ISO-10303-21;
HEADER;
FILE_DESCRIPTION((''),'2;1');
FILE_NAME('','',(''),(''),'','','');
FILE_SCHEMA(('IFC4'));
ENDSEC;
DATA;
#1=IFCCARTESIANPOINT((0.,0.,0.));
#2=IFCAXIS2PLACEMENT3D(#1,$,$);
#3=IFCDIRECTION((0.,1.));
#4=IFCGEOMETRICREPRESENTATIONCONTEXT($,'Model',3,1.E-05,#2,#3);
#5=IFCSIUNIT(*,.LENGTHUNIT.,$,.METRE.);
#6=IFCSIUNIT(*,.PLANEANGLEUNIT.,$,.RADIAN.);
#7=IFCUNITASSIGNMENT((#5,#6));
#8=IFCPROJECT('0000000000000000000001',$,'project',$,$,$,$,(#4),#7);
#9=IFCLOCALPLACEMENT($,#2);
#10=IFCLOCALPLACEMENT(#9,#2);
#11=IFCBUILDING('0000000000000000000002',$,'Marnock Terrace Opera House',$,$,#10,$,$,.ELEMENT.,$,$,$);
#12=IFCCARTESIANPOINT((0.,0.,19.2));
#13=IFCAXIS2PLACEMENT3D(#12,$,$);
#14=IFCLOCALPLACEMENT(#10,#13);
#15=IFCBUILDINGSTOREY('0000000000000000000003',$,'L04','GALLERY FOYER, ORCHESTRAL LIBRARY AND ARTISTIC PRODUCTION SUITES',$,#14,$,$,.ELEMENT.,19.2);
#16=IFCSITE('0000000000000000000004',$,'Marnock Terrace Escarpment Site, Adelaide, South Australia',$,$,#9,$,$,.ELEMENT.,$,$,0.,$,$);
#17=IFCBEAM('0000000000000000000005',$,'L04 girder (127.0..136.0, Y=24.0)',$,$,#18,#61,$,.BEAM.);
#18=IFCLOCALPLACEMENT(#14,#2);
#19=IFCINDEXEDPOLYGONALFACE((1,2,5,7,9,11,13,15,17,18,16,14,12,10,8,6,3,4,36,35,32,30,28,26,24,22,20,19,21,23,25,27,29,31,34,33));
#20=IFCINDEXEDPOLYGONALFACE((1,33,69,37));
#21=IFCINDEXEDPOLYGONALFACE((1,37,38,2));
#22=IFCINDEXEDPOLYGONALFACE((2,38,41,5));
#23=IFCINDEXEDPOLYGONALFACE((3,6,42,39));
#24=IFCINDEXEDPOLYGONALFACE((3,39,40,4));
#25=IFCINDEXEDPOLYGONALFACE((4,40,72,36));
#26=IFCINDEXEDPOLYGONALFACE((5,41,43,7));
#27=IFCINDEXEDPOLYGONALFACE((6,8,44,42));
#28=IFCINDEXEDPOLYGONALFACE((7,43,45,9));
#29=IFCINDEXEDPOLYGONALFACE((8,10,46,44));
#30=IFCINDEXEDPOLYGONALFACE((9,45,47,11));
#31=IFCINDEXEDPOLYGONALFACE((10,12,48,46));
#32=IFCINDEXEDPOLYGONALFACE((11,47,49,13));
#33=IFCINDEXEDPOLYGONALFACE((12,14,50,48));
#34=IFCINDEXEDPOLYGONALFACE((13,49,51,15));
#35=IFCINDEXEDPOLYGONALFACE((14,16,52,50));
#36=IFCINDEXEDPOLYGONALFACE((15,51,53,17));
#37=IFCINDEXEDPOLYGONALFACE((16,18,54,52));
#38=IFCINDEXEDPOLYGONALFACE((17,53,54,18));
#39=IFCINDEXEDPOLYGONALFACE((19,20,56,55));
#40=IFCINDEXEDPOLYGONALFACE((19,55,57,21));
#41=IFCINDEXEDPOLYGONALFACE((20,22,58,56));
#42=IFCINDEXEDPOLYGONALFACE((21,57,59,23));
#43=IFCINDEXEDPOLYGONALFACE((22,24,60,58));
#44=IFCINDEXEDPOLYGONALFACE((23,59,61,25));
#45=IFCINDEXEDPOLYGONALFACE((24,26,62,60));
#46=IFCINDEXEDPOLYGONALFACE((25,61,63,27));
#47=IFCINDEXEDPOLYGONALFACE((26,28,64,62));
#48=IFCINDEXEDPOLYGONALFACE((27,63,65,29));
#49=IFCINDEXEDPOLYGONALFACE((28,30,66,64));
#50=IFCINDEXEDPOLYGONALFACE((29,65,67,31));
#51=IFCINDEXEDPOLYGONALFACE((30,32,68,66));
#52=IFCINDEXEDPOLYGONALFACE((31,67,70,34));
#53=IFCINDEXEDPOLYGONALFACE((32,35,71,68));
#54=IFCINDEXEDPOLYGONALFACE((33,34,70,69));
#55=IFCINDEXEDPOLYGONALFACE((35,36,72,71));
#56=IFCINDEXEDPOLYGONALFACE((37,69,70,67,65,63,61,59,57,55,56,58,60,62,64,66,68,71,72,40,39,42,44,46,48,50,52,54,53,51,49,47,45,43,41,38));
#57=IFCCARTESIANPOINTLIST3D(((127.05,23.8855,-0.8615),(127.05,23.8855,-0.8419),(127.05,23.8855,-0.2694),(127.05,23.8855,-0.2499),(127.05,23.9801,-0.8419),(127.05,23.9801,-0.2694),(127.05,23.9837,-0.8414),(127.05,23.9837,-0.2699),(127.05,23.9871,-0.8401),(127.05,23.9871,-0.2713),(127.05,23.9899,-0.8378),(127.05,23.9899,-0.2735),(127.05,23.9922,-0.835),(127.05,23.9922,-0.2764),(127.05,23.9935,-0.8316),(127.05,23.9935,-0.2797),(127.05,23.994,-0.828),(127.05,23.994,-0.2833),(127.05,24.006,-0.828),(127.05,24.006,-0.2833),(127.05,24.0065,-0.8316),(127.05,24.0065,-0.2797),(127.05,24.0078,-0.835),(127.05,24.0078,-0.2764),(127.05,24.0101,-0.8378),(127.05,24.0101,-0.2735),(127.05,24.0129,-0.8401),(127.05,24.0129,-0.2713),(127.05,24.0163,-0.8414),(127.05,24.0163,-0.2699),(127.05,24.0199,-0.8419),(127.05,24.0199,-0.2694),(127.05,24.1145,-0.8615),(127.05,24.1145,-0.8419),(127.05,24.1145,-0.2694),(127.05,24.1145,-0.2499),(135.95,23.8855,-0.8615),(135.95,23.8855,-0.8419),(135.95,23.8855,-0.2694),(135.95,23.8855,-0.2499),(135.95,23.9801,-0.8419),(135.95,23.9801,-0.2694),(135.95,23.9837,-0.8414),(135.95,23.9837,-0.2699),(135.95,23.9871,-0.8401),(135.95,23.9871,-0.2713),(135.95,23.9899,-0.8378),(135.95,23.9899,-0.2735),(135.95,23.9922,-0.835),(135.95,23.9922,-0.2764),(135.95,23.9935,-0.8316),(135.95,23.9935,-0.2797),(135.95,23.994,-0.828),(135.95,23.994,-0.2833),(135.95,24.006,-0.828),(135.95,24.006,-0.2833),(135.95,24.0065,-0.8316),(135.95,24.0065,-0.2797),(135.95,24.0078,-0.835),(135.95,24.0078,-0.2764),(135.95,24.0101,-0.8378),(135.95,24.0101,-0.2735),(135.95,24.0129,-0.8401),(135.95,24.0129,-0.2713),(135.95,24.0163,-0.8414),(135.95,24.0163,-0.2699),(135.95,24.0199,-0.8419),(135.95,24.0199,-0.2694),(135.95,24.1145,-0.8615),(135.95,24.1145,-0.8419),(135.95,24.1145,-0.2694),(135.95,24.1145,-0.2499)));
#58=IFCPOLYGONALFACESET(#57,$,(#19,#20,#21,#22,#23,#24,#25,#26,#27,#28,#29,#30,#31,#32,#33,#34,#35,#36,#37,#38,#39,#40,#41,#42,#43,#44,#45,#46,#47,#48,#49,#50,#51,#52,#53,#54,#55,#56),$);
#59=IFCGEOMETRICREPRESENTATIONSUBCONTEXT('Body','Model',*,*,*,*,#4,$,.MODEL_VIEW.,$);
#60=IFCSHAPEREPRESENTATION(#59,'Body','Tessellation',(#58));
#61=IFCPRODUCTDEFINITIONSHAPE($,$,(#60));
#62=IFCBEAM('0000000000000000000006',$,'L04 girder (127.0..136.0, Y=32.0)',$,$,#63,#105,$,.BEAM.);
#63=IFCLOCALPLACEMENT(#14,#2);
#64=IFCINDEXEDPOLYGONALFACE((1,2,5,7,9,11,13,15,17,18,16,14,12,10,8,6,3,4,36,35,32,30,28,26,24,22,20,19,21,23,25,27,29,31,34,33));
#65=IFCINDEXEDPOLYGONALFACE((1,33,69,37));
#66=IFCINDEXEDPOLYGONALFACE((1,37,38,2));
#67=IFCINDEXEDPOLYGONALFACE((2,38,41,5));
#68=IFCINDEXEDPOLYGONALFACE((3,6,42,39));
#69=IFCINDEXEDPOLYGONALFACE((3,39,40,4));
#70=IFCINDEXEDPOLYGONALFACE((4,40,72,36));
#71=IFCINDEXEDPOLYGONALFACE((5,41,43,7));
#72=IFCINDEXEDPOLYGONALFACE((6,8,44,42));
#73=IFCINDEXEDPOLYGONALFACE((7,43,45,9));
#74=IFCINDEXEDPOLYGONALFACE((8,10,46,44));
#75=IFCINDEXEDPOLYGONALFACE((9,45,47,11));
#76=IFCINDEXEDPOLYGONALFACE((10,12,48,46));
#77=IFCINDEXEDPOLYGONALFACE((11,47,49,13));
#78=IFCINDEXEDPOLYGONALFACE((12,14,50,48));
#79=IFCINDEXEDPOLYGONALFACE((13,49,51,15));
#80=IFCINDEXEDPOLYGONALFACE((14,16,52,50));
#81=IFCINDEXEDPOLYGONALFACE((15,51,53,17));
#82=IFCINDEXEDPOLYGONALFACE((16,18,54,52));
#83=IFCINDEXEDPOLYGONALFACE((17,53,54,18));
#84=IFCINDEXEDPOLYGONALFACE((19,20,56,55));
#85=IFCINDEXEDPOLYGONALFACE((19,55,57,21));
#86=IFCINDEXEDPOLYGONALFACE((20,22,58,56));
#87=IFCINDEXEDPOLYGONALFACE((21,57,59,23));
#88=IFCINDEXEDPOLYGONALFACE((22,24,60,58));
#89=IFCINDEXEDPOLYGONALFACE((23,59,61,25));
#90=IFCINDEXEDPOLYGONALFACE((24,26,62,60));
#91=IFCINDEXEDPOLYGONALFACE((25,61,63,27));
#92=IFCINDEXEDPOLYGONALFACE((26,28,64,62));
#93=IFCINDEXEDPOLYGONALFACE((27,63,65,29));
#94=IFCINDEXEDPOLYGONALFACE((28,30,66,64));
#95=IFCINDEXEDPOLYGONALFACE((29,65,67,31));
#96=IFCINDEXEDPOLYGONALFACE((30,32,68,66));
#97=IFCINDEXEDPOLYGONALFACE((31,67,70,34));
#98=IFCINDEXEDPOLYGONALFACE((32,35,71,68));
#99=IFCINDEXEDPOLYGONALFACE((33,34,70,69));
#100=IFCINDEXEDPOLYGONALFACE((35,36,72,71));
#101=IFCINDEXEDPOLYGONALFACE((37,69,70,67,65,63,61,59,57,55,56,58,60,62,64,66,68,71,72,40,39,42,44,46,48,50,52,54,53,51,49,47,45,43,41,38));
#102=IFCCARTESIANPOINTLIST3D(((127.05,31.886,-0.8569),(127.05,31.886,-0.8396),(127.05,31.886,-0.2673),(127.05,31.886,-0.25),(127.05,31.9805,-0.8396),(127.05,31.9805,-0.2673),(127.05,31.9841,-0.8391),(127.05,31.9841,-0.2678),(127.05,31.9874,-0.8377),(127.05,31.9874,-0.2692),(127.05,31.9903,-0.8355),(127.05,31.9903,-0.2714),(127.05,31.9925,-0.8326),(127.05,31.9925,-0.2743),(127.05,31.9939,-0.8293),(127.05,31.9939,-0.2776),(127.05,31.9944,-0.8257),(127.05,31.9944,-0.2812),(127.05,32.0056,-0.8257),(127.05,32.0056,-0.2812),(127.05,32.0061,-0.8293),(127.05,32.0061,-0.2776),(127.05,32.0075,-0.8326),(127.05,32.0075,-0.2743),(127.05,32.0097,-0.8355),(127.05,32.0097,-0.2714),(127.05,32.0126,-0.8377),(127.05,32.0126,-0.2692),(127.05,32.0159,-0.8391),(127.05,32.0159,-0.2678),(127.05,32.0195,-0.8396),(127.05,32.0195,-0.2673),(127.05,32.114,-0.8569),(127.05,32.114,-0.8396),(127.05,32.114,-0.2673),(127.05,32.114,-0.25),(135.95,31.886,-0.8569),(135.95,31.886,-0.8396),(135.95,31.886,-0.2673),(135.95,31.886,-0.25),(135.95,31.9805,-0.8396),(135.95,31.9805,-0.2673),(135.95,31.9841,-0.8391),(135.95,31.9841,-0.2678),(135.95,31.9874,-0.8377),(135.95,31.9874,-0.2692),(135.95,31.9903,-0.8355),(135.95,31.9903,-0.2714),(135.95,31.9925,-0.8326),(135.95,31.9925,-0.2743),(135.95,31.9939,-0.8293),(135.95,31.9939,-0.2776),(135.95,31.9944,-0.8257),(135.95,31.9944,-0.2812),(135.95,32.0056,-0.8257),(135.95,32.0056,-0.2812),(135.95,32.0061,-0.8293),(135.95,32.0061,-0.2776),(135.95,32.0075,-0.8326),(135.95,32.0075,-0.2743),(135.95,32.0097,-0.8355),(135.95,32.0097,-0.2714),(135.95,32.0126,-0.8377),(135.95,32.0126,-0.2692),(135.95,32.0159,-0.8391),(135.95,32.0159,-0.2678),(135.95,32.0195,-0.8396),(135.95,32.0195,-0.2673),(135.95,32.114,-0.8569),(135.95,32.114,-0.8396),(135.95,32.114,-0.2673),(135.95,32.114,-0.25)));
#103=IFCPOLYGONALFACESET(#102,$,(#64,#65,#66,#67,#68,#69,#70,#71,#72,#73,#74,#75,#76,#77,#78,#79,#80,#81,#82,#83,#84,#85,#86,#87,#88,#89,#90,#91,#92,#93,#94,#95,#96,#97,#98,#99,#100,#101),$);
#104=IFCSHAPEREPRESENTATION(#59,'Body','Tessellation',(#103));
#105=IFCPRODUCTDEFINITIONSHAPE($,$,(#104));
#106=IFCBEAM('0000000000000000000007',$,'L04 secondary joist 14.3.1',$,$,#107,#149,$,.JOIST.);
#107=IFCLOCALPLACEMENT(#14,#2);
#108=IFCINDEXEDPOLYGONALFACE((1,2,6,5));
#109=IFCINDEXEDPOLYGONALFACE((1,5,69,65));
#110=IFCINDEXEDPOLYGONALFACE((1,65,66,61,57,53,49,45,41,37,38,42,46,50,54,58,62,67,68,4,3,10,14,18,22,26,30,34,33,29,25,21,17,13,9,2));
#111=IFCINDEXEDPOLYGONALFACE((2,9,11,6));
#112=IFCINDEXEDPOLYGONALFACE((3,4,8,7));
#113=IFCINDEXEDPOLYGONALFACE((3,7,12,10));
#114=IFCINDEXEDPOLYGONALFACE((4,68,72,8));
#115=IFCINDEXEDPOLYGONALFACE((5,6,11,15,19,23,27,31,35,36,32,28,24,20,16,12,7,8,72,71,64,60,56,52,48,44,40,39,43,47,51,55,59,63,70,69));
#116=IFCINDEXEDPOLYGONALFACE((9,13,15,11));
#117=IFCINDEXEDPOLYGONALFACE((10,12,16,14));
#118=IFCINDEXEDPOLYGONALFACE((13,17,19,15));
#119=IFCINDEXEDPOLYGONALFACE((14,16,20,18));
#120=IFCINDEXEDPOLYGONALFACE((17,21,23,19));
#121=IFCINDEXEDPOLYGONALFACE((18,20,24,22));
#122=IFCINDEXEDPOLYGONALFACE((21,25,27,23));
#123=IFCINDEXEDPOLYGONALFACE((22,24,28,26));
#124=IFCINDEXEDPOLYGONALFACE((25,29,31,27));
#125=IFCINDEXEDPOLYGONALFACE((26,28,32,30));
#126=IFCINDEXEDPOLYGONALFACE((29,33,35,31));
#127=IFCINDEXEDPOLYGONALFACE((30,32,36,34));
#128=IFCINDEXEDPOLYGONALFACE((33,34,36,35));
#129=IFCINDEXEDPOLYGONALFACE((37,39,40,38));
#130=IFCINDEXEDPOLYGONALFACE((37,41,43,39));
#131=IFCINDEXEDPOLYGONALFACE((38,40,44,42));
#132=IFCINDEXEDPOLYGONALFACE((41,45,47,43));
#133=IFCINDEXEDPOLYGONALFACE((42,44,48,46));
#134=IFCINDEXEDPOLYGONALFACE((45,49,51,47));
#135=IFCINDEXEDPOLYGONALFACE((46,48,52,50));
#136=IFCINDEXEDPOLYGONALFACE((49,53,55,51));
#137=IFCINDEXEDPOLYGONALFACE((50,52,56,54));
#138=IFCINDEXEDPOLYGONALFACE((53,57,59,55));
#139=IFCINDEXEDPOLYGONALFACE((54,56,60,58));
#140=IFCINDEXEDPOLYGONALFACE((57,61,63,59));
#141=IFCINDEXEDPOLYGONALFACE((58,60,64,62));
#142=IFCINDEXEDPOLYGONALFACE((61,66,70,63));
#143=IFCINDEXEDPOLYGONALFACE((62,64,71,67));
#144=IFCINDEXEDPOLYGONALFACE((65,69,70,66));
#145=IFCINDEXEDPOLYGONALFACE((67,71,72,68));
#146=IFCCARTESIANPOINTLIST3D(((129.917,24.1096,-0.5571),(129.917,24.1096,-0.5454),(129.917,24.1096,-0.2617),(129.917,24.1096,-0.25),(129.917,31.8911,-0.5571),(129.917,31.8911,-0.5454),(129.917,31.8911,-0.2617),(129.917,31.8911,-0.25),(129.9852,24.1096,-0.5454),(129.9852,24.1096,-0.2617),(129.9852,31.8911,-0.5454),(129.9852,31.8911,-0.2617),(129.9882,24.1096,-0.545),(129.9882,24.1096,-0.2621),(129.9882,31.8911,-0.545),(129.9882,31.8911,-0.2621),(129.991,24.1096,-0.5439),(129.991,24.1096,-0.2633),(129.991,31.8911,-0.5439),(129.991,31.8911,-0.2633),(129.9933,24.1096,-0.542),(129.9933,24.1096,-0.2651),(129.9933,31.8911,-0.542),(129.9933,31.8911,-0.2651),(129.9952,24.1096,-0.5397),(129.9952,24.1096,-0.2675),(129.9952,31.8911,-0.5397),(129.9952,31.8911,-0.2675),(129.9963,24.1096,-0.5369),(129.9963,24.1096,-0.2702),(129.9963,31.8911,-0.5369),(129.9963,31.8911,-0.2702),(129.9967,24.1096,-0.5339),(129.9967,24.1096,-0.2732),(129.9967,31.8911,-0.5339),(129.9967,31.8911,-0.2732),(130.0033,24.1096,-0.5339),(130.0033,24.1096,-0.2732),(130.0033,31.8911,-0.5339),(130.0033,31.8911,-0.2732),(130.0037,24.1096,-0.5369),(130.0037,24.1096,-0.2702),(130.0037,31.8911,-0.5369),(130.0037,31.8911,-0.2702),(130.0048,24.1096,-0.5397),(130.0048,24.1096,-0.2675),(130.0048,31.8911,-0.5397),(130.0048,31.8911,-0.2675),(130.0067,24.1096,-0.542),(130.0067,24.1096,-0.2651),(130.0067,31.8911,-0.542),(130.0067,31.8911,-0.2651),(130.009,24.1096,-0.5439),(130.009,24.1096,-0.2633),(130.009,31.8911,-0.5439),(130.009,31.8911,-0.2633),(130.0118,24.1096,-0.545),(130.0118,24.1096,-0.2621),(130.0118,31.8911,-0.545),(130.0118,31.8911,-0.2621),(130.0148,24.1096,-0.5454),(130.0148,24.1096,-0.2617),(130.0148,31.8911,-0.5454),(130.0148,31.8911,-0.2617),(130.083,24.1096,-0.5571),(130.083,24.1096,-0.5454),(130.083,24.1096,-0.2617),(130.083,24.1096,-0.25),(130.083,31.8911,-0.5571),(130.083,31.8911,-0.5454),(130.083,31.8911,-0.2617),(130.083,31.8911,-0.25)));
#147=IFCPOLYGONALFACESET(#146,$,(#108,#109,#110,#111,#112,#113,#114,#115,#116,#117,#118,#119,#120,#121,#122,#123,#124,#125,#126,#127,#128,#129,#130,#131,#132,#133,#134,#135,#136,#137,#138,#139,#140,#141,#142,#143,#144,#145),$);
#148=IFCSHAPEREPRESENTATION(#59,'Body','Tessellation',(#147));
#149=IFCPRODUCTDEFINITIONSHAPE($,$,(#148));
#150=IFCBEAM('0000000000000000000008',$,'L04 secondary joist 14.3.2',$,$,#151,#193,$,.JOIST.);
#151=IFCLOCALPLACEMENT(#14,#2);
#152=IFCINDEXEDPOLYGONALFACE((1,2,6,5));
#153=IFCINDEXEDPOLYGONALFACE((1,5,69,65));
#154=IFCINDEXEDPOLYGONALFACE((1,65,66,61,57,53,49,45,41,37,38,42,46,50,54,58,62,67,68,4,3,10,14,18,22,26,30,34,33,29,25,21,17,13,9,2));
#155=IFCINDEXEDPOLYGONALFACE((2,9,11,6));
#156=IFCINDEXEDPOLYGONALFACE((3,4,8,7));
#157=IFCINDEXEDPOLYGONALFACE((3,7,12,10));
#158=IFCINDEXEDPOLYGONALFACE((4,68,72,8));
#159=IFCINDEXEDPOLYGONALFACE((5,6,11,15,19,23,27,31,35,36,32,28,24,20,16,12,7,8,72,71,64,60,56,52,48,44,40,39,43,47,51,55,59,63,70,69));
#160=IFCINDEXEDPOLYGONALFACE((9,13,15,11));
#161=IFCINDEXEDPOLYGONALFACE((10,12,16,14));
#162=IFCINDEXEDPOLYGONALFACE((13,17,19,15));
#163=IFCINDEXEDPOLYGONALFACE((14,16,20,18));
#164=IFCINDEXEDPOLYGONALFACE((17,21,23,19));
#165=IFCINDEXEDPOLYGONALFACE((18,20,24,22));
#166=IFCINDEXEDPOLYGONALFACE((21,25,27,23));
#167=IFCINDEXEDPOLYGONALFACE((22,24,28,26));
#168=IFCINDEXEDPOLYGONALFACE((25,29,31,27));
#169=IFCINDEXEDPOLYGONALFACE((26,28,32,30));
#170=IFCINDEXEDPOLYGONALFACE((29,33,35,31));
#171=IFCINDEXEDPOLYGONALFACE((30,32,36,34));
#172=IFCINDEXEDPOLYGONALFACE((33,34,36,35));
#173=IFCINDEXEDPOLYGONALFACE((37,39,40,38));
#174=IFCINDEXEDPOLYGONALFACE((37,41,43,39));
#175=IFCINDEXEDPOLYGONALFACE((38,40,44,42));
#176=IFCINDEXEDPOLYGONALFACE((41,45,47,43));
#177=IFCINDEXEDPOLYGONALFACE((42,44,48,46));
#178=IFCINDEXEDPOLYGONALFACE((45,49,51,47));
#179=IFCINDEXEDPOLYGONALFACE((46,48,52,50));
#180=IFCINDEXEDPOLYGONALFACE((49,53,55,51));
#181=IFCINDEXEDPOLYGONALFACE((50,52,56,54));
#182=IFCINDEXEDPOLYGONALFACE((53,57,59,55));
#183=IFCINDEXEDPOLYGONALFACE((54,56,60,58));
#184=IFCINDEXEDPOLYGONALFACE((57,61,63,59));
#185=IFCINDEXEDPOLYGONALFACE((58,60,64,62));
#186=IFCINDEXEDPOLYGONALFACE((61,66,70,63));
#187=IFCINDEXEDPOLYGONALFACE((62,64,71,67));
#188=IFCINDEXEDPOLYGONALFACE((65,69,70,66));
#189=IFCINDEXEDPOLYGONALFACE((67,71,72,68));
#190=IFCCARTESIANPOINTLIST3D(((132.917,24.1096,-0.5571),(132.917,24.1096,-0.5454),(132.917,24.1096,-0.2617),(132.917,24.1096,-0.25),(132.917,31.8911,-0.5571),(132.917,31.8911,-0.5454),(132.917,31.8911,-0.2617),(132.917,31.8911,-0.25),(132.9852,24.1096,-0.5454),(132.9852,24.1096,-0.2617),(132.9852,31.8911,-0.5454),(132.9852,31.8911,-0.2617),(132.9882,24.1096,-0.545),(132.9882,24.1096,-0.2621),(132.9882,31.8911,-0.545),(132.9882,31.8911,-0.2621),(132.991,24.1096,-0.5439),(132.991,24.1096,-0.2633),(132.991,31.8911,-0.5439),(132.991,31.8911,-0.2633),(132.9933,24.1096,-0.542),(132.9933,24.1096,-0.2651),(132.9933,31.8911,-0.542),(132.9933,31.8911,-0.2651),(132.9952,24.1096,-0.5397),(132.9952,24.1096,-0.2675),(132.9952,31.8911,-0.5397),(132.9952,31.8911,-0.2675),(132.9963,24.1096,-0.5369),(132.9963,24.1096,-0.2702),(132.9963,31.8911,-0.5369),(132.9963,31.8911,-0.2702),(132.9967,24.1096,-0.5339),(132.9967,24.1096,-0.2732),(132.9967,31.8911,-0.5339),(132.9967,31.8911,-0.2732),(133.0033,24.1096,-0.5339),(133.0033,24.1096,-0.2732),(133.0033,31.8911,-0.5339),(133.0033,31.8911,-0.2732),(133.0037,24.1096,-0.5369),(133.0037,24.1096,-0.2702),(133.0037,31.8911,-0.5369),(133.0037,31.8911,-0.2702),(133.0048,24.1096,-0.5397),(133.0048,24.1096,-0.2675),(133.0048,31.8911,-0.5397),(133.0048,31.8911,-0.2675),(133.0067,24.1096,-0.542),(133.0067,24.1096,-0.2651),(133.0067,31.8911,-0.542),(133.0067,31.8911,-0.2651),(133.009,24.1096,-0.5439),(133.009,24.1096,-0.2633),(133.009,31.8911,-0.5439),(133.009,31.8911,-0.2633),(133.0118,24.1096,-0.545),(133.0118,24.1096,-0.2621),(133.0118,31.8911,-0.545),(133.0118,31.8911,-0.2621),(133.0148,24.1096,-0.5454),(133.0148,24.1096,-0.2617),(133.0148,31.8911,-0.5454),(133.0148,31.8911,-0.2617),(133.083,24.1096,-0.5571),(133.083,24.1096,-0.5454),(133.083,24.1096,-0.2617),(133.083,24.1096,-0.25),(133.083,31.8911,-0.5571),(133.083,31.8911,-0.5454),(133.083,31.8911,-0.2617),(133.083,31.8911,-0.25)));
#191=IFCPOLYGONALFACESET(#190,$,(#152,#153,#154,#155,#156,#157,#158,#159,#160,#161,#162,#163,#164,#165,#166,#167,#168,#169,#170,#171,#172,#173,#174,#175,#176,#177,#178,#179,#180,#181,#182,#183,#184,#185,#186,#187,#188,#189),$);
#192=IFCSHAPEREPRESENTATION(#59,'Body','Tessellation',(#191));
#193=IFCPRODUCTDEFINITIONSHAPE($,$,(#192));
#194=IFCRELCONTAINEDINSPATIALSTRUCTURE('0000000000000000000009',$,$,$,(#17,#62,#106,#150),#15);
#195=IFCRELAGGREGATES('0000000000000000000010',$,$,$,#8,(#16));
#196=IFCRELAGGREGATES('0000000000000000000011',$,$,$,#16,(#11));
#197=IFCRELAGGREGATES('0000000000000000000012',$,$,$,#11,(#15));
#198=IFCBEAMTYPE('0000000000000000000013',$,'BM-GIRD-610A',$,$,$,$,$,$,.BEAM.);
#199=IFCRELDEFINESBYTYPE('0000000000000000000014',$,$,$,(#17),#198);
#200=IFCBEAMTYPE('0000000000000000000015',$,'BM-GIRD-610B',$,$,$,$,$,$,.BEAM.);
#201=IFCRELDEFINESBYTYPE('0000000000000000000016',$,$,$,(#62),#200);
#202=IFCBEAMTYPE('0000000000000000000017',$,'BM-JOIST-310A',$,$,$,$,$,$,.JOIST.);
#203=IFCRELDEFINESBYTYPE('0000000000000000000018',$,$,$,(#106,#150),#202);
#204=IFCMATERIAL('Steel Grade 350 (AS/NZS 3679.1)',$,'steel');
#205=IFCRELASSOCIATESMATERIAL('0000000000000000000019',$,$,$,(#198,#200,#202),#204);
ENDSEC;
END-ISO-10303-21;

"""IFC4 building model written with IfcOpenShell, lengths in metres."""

from ifc_helpers import new_model, si_unit, direction, frame, origin, origin_2d, place, context, subcontext, project, spatial, i_section, extrude, material, material_profile, profile_set, type_object, element, save


model = new_model("IFC4")

# Units and contexts
model_context = context("Model", 3, precision=1e-05, world=origin(), true_north=direction((0.0, 1.0)))
body_context = subcontext(model_context, "Body", "Model", "MODEL_VIEW")
ifc_project = project(units=[si_unit("LENGTHUNIT", "METRE"), si_unit("PLANEANGLEUNIT", "RADIAN")], contexts=[model_context])

# Site, building, storey
site_placement = place(None, origin())
site = spatial("IfcSite", under=ifc_project, at=site_placement, Name="Marnock Terrace Escarpment Site, Adelaide, South Australia", CompositionType="ELEMENT", RefElevation=0.0)
building_placement = place(site_placement, origin())
building = spatial("IfcBuilding", under=site, at=building_placement, Name="Marnock Terrace Opera House", CompositionType="ELEMENT")
storey_placement = place(building_placement, frame((0.0, 0.0, 19.2)))
storey = spatial("IfcBuildingStorey", under=building, at=storey_placement, Name="L04", Description="GALLERY FOYER, ORCHESTRAL LIBRARY AND ARTISTIC PRODUCTION SUITES", CompositionType="ELEMENT", Elevation=19.2)

# Shared definitions
ifc_material_1 = material(Name="Steel Grade 350 (AS/NZS 3679.1)", Category="steel")

# Beams
ifc_material_profile_1 = material_profile(ifc_material_1, i_section(OverallWidth=0.229, OverallDepth=0.6116, WebThickness=0.012, FlangeThickness=0.0195, FilletRadius=0.0139, at=origin_2d()))
ifc_profile_set_1 = profile_set([ifc_material_profile_1], Name="Steel Grade 350 (AS/NZS 3679.1)")
beam_type_1 = type_object("IfcBeamType", Name="BM-GIRD-610A", PredefinedType="BEAM", material=ifc_profile_set_1)
beam_1_placement = place(storey_placement, frame((127.05, 24.0, -0.5557), z_axis=(1.0, 0.0, 0.0), x_axis=(0.0, 1.0, 0.0)))
element("IfcBeam", 1, at=beam_1_placement, inside=storey, type_object=beam_type_1, Name="L04 girder (127.0..136.0, Y=24.0)", PredefinedType="BEAM", context=body_context, shape_type="SweptSolid", body=[
    extrude(i_section(OverallWidth=0.229, OverallDepth=0.6116, WebThickness=0.012, FlangeThickness=0.0195, FilletRadius=0.0139, at=origin_2d()), origin(), (0.0, 0.0, 1.0), 8.8999),
])
ifc_material_profile_2 = material_profile(ifc_material_1, i_section(OverallWidth=0.228, OverallDepth=0.6069, WebThickness=0.0112, FlangeThickness=0.0173, FilletRadius=0.0139, at=origin_2d()))
ifc_profile_set_2 = profile_set([ifc_material_profile_2], Name="Steel Grade 350 (AS/NZS 3679.1)")
beam_type_2 = type_object("IfcBeamType", Name="BM-GIRD-610B", PredefinedType="BEAM", material=ifc_profile_set_2)
beam_2_placement = place(storey_placement, frame((127.05, 32.0, -0.5535), z_axis=(1.0, 0.0, 0.0), x_axis=(0.0, 1.0, 0.0)))
element("IfcBeam", 2, at=beam_2_placement, inside=storey, type_object=beam_type_2, Name="L04 girder (127.0..136.0, Y=32.0)", PredefinedType="BEAM", context=body_context, shape_type="SweptSolid", body=[
    extrude(i_section(OverallWidth=0.228, OverallDepth=0.6069, WebThickness=0.0112, FlangeThickness=0.0173, FilletRadius=0.0139, at=origin_2d()), origin(), (0.0, 0.0, 1.0), 8.8999),
])
ifc_material_profile_3 = material_profile(ifc_material_1, i_section(OverallWidth=0.166, OverallDepth=0.3071, WebThickness=0.0066, FlangeThickness=0.0117, FilletRadius=0.0115, at=origin_2d()))
ifc_profile_set_3 = profile_set([ifc_material_profile_3], Name="Steel Grade 350 (AS/NZS 3679.1)")
beam_type_3 = type_object("IfcBeamType", Name="BM-JOIST-310A", PredefinedType="JOIST", material=ifc_profile_set_3)
for number, where, z_axis, x_axis, name in (
    (3, (130.0, 24.1096, -0.4036), (0.0, 1.0, 0.0), (-1.0, 0.0, 0.0), "L04 secondary joist 14.3.1"),
    (4, (133.0, 24.1096, -0.4036), (0.0, 1.0, 0.0), (-1.0, 0.0, 0.0), "L04 secondary joist 14.3.2"),
):
    element("IfcBeam", number, at=place(storey_placement, frame(where, z_axis=z_axis, x_axis=x_axis)), inside=storey, type_object=beam_type_3, Name=name, PredefinedType="JOIST", context=body_context, shape_type="SweptSolid", body=[
        extrude(i_section(OverallWidth=0.166, OverallDepth=0.3071, WebThickness=0.0066, FlangeThickness=0.0117, FilletRadius=0.0115, at=origin_2d()), origin(), (0.0, 0.0, 1.0), 7.7815),
    ])

save(model, "model.ifc")
